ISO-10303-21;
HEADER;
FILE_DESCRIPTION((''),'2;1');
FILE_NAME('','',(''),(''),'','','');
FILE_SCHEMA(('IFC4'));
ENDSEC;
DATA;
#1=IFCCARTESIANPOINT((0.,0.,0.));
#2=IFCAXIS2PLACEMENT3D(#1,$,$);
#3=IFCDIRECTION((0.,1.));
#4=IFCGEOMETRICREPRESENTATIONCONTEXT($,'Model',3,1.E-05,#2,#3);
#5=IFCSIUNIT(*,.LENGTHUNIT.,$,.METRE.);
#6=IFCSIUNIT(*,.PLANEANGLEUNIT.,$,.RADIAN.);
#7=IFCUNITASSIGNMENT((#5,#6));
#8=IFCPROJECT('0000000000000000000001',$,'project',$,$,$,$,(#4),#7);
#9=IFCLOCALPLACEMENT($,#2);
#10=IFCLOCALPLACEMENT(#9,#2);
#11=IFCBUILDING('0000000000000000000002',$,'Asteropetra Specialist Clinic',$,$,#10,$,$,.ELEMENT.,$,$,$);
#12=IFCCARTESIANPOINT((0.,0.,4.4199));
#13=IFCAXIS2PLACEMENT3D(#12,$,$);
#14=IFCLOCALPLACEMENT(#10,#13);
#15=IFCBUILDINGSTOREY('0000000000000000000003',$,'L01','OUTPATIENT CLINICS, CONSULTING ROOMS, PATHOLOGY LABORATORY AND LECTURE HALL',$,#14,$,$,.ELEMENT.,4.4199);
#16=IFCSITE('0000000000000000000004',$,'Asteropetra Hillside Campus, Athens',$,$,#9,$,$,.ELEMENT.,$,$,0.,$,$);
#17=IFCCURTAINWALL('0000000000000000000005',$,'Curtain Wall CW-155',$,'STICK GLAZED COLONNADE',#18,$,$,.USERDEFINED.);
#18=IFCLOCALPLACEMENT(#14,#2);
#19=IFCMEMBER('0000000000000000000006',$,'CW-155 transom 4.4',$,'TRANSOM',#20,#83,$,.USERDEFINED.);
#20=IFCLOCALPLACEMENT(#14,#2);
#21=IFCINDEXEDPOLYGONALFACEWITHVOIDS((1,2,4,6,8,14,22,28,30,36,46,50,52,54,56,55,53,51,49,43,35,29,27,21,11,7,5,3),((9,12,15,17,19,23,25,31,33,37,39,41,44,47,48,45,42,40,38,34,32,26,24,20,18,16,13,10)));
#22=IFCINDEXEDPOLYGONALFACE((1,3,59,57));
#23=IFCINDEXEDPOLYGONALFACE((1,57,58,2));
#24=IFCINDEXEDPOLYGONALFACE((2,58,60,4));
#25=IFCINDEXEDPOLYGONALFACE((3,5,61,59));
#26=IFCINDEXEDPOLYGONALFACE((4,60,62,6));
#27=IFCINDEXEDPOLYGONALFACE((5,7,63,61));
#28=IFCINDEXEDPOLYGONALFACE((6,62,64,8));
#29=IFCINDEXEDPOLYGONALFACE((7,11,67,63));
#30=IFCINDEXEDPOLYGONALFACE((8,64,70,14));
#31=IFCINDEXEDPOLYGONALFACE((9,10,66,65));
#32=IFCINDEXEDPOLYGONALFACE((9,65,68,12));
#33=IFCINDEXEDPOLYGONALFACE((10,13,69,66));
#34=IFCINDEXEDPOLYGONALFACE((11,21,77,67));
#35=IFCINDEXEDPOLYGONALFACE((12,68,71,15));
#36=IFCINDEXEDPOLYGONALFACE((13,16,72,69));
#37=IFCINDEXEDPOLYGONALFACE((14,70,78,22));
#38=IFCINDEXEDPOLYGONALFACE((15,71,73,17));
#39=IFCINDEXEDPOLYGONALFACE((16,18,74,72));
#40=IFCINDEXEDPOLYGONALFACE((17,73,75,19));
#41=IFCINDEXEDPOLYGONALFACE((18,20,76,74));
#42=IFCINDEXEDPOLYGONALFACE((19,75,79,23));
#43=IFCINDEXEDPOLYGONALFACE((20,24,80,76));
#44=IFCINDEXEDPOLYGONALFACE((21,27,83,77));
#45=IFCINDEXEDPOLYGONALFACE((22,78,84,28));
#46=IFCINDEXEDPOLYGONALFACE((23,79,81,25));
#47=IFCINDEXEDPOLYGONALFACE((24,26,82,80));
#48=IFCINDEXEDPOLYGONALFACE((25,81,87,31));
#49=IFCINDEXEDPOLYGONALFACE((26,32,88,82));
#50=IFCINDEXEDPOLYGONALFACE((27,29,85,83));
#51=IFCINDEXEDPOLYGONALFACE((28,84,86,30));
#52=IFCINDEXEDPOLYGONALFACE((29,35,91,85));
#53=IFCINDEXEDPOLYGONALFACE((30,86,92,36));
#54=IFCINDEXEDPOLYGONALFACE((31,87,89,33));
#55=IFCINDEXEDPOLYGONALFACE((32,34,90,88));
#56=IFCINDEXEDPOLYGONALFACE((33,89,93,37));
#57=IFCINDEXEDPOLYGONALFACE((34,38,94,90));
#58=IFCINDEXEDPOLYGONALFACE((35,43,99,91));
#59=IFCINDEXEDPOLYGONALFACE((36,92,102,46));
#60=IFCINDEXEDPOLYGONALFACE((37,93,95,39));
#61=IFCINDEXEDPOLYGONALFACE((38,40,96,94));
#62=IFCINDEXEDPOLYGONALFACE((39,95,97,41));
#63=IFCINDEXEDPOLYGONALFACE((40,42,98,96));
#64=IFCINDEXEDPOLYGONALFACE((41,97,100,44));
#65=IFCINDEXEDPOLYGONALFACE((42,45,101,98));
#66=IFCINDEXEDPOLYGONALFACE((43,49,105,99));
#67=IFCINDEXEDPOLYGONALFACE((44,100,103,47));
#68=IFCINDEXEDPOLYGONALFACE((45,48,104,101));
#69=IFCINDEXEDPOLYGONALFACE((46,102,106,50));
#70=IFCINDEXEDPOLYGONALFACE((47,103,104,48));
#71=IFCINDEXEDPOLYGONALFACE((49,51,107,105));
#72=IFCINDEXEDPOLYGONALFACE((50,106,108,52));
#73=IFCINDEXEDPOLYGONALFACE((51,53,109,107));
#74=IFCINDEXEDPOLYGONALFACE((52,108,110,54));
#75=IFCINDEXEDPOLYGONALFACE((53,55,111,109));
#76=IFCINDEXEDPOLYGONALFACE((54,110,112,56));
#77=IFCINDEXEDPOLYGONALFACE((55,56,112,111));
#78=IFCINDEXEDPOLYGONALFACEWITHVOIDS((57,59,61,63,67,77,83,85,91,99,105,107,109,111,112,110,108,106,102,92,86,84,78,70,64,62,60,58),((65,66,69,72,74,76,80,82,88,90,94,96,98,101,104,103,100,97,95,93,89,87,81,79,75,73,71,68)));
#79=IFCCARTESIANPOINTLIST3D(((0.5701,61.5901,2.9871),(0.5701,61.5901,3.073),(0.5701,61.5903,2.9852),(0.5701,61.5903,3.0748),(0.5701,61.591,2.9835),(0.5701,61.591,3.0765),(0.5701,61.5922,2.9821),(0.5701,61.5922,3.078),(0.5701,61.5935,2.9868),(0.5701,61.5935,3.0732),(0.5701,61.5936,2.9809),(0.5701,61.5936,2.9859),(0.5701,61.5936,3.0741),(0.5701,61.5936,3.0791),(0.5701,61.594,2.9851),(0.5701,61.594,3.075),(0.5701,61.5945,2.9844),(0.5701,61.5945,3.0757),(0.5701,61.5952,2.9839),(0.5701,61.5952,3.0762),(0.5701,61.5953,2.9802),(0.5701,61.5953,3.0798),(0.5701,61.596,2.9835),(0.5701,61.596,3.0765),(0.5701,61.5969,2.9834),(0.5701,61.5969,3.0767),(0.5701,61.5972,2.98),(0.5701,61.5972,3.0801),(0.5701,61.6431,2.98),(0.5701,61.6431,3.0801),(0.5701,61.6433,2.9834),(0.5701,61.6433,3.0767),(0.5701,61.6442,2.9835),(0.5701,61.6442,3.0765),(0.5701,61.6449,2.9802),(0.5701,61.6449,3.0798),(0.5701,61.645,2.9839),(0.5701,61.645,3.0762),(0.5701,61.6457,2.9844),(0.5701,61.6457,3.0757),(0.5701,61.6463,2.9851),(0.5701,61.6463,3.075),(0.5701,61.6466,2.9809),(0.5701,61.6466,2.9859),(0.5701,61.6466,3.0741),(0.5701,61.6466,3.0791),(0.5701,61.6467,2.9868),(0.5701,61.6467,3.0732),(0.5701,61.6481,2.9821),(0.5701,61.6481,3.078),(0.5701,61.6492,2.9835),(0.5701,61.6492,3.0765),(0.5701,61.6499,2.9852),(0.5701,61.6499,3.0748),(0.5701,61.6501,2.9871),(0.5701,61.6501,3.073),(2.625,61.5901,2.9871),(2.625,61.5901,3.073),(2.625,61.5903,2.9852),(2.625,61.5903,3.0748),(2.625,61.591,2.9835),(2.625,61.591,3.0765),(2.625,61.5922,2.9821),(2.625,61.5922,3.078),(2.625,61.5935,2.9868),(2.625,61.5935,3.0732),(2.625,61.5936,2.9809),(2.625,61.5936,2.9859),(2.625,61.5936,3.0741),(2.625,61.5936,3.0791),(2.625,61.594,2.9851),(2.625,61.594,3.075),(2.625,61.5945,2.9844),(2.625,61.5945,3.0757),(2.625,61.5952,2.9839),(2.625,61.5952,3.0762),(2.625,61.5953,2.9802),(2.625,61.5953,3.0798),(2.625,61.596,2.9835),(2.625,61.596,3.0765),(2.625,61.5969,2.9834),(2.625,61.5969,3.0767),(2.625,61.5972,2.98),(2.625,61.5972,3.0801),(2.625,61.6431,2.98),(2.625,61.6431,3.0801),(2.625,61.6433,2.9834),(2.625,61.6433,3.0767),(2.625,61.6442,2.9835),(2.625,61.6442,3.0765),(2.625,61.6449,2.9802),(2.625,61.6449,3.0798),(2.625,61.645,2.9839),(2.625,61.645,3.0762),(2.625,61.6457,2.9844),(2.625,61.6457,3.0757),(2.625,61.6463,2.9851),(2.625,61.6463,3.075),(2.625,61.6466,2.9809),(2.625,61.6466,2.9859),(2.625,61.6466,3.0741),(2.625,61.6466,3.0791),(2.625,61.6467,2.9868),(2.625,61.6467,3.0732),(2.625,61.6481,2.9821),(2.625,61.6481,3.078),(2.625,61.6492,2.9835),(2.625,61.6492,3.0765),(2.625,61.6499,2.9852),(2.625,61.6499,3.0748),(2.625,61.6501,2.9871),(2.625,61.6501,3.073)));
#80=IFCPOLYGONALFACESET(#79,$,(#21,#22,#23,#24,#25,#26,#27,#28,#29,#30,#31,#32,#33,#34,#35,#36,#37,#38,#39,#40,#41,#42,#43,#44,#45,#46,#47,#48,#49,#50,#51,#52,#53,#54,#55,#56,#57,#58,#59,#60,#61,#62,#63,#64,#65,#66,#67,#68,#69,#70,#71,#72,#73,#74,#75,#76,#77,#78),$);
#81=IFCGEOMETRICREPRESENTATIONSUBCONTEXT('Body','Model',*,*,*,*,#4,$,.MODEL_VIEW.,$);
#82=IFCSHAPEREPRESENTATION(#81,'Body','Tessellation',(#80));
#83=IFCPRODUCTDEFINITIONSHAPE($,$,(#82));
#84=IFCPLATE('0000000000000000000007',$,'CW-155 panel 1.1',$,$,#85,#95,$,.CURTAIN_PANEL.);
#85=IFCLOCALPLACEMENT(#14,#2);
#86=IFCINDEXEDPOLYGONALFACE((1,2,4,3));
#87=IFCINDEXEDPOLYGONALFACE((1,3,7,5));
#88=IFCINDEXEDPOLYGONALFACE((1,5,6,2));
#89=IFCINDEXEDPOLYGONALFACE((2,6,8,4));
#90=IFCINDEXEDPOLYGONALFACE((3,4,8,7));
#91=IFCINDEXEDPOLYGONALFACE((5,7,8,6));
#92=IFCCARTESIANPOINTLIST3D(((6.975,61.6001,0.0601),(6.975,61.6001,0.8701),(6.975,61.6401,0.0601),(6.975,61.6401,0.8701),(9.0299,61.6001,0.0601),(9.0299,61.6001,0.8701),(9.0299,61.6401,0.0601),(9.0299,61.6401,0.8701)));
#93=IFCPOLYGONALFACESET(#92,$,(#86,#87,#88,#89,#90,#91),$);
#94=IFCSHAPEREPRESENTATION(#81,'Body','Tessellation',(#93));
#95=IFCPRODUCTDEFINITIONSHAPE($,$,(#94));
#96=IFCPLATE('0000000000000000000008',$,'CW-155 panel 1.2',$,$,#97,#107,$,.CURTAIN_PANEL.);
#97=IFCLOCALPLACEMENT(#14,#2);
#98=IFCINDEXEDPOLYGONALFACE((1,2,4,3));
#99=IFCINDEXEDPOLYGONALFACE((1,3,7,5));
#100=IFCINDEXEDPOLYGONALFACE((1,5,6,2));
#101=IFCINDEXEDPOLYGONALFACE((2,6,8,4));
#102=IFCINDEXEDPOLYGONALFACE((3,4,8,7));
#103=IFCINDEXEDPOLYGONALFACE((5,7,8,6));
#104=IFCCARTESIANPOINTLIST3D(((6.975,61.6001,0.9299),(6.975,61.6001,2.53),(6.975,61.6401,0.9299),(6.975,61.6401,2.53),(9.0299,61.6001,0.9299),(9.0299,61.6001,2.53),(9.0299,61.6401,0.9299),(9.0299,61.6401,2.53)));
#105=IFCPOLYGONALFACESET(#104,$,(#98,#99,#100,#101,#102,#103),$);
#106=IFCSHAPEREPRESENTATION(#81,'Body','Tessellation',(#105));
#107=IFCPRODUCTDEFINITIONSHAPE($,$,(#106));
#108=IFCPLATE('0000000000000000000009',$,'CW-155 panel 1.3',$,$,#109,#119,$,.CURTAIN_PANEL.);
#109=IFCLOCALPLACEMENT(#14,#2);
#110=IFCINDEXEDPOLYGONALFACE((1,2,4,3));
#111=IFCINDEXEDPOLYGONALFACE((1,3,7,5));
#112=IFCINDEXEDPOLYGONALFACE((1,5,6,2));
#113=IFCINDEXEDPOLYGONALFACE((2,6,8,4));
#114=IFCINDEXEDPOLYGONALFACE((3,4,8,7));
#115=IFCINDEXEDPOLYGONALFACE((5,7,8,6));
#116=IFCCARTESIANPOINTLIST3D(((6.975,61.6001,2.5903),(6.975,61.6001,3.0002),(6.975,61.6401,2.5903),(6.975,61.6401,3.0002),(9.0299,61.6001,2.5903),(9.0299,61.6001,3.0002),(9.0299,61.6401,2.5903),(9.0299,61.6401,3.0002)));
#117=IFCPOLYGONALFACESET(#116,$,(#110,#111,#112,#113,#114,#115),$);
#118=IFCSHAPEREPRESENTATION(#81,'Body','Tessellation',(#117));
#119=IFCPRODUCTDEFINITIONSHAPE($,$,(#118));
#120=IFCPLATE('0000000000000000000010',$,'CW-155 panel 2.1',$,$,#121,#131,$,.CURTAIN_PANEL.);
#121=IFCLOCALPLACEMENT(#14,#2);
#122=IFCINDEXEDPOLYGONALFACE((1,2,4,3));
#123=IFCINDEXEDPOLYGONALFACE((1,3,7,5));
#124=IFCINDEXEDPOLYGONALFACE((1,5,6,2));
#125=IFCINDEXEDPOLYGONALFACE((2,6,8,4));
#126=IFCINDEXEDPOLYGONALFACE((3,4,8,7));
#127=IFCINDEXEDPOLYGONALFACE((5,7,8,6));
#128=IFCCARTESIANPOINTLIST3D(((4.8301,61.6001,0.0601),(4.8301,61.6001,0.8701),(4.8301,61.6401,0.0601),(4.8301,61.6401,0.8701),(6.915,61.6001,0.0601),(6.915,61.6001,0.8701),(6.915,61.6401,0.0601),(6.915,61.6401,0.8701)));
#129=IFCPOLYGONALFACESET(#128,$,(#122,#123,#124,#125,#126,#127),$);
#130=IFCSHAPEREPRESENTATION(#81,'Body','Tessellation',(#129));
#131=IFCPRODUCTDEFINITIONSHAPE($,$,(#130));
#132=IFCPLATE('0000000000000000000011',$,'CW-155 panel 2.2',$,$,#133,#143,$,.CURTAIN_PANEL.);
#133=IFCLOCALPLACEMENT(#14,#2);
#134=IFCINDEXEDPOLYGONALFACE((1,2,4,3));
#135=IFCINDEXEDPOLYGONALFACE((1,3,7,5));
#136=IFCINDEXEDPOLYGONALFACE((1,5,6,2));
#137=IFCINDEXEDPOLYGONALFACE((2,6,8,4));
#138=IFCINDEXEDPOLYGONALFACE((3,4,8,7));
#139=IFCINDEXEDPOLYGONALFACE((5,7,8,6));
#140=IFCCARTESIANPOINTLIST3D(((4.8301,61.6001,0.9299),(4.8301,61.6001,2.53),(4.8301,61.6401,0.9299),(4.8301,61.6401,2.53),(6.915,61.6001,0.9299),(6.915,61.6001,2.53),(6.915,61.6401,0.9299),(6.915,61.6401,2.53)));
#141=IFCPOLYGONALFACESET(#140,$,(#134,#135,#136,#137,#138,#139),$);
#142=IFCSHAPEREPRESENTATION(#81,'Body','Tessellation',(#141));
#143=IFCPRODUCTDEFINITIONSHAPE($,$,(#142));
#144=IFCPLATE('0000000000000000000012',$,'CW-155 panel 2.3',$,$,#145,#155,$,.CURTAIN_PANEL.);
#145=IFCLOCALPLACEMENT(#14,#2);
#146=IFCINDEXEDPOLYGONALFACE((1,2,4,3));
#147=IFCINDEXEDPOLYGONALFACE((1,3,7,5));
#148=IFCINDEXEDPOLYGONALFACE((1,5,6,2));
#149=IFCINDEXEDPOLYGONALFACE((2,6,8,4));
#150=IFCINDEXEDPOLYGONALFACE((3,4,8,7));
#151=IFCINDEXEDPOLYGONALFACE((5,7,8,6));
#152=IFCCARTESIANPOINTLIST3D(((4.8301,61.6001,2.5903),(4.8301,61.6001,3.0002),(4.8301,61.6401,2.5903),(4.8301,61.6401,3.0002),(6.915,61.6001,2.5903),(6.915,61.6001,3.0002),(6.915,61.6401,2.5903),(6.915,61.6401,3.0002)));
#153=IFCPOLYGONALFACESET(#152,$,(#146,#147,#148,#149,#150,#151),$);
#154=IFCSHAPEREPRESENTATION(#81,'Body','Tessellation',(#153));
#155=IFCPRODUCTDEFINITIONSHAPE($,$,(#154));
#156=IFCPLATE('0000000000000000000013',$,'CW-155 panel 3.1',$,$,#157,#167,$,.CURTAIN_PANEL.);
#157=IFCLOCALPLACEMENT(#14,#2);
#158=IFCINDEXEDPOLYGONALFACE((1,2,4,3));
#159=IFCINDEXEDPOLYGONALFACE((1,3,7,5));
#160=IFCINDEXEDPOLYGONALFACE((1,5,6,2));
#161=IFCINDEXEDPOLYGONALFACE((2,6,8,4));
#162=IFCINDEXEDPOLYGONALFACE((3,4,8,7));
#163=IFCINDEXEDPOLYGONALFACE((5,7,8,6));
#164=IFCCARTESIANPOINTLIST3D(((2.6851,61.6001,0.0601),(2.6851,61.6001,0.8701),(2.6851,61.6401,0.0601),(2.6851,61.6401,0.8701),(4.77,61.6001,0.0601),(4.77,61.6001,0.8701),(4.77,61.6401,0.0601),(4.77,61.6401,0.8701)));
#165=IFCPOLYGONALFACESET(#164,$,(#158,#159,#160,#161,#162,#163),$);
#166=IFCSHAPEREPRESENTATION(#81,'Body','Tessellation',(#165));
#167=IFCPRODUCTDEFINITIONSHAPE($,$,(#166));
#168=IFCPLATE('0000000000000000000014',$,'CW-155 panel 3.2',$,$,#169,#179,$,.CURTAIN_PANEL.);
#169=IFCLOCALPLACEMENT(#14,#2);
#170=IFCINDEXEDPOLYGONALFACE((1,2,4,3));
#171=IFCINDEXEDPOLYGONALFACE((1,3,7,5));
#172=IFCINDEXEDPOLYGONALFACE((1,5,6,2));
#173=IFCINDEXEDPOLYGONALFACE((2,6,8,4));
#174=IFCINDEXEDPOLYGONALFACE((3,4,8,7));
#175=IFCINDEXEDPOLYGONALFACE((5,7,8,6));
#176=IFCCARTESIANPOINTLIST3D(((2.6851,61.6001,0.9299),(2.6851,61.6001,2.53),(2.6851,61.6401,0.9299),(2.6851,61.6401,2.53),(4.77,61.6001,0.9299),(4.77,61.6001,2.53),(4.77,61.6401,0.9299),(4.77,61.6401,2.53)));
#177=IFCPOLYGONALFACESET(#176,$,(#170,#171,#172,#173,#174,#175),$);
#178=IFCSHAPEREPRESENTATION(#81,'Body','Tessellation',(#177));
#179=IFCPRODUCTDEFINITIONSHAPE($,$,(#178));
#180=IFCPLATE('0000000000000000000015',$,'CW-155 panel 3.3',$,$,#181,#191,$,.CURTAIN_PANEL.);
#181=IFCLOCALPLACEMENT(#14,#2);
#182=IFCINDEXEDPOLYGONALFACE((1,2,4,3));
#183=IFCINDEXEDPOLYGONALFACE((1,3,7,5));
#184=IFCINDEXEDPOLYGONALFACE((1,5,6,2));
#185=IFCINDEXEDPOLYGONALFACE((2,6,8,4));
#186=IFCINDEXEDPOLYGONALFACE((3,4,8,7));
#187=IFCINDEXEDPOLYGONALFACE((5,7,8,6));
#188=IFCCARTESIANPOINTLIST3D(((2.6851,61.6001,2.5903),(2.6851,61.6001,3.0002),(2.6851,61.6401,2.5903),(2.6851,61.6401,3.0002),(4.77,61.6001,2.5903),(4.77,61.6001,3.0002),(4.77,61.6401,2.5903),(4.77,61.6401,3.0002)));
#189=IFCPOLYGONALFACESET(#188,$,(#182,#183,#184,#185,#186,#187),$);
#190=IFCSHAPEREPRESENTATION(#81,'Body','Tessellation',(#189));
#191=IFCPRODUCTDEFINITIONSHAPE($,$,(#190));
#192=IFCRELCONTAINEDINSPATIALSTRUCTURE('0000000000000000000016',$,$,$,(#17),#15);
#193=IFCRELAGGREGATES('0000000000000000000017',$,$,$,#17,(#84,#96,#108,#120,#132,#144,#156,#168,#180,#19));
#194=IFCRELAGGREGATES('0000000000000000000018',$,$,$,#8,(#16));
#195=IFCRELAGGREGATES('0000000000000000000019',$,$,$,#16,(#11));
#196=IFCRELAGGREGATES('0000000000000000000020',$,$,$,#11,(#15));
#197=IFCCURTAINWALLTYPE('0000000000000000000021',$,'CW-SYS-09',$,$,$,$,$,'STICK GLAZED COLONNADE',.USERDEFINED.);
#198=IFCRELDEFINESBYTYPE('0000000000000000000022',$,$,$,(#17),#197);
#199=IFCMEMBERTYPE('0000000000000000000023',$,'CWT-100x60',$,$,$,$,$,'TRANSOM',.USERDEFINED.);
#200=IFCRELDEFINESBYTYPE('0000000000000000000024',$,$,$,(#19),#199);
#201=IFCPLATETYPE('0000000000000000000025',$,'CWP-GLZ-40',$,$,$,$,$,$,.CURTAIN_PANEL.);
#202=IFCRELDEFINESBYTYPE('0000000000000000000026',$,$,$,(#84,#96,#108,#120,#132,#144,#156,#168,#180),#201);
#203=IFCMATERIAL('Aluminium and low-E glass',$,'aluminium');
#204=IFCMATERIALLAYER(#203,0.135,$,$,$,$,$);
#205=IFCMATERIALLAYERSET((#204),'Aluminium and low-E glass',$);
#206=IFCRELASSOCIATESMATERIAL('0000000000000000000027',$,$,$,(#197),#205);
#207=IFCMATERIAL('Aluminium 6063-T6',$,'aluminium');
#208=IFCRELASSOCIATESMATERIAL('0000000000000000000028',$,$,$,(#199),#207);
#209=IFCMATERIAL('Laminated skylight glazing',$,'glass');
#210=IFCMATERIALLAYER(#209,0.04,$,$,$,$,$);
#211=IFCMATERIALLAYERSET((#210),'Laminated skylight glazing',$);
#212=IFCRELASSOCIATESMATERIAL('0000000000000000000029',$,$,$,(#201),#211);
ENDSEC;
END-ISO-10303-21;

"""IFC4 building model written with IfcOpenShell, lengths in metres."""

from ifc_helpers import new_model, si_unit, direction, frame, origin, origin_2d, place, context, subcontext, project, spatial, rectangle, hollow_rectangle, extrude, material, layer, layer_set, material_profile, profile_set, type_object, element, aggregate, save


model = new_model("IFC4")

# Units and contexts
model_context = context("Model", 3, precision=1e-05, world=origin(), true_north=direction((0.0, 1.0)))
body_context = subcontext(model_context, "Body", "Model", "MODEL_VIEW")
ifc_project = project(units=[si_unit("LENGTHUNIT", "METRE"), si_unit("PLANEANGLEUNIT", "RADIAN")], contexts=[model_context])

# Site, building, storey
site_placement = place(None, origin())
site = spatial("IfcSite", under=ifc_project, at=site_placement, Name="Asteropetra Hillside Campus, Athens", CompositionType="ELEMENT", RefElevation=0.0)
building_placement = place(site_placement, origin())
building = spatial("IfcBuilding", under=site, at=building_placement, Name="Asteropetra Specialist Clinic", CompositionType="ELEMENT")
storey_placement = place(building_placement, frame((0.0, 0.0, 4.4199)))
storey = spatial("IfcBuildingStorey", under=building, at=storey_placement, Name="L01", Description="OUTPATIENT CLINICS, CONSULTING ROOMS, PATHOLOGY LABORATORY AND LECTURE HALL", CompositionType="ELEMENT", Elevation=4.4199)

# Curtain wall, member, plates
ifc_material_1 = material(Name="Aluminium and low-E glass", Category="aluminium")
ifc_layer_1 = layer(ifc_material_1, 0.135)
ifc_layer_set_1 = layer_set([ifc_layer_1], Name="Aluminium and low-E glass")
curtain_wall_type = type_object("IfcCurtainWallType", Name="CW-SYS-09", ElementType="STICK GLAZED COLONNADE", PredefinedType="USERDEFINED", material=ifc_layer_set_1)
curtain_wall_placement = place(storey_placement, origin())
curtain_wall = element("IfcCurtainWall", 1, at=curtain_wall_placement, inside=storey, type_object=curtain_wall_type, Name="Curtain Wall CW-155", ObjectType="STICK GLAZED COLONNADE", PredefinedType="USERDEFINED")
ifc_material_2 = material(Name="Aluminium 6063-T6", Category="aluminium")
ifc_material_profile_1 = material_profile(ifc_material_2, hollow_rectangle(XDim=0.0601, YDim=0.1001, WallThickness=0.0034, InnerFilletRadius=0.0034, OuterFilletRadius=0.0071, at=origin_2d()), Name="TRN 100x60x3.5")
ifc_profile_set_1 = profile_set([ifc_material_profile_1], Name="Aluminium 6063-T6")
member_type_1 = type_object("IfcMemberType", Name="CWT-100x60", ElementType="TRANSOM", PredefinedType="USERDEFINED", material=ifc_profile_set_1)
member_1_placement = place(storey_placement, frame((2.625, 61.6201, 3.03), z_axis=(-1.0, 0.0, 0.0), x_axis=(0.0, -1.0, 0.0)))
member_1 = element("IfcMember", 2, at=member_1_placement, type_object=member_type_1, Name="CW-155 transom 4.4", ObjectType="TRANSOM", PredefinedType="USERDEFINED", context=body_context, shape_type="SweptSolid", body=[
    extrude(hollow_rectangle(XDim=0.0601, YDim=0.1001, WallThickness=0.0034, InnerFilletRadius=0.0034, OuterFilletRadius=0.0071, at=origin_2d()), origin(), (0.0, 0.0, 1.0), 2.0549),
])
ifc_material_3 = material(Name="Laminated skylight glazing", Category="glass")
ifc_layer_2 = layer(ifc_material_3, 0.04)
ifc_layer_set_2 = layer_set([ifc_layer_2], Name="Laminated skylight glazing")
plate_type = type_object("IfcPlateType", Name="CWP-GLZ-40", PredefinedType="CURTAIN_PANEL", material=ifc_layer_set_2)
plate_1_placement = place(storey_placement, frame((8.0024, 61.6201, 0.0601), z_axis=(0.0, 0.0, 1.0), x_axis=(-1.0, 0.0, 0.0)))
plate_1 = element("IfcPlate", 3, at=plate_1_placement, type_object=plate_type, Name="CW-155 panel 1.1", PredefinedType="CURTAIN_PANEL", context=body_context, shape_type="SweptSolid", body=[
    extrude(rectangle(XDim=2.0549, YDim=0.04, at=origin_2d()), origin(), (0.0, 0.0, 1.0), 0.8101),
])
plate_2_placement = place(storey_placement, frame((8.0024, 61.6201, 0.9299), z_axis=(0.0, 0.0, 1.0), x_axis=(-1.0, 0.0, 0.0)))
plate_2 = element("IfcPlate", 4, at=plate_2_placement, type_object=plate_type, Name="CW-155 panel 1.2", PredefinedType="CURTAIN_PANEL", context=body_context, shape_type="SweptSolid", body=[
    extrude(rectangle(XDim=2.0549, YDim=0.04, at=origin_2d()), origin(), (0.0, 0.0, 1.0), 1.6001),
])
plate_3_placement = place(storey_placement, frame((8.0024, 61.6201, 2.5903), z_axis=(0.0, 0.0, 1.0), x_axis=(-1.0, 0.0, 0.0)))
plate_3 = element("IfcPlate", 5, at=plate_3_placement, type_object=plate_type, Name="CW-155 panel 1.3", PredefinedType="CURTAIN_PANEL", context=body_context, shape_type="SweptSolid", body=[
    extrude(rectangle(XDim=2.0549, YDim=0.04, at=origin_2d()), origin(), (0.0, 0.0, 1.0), 0.4099),
])
plate_4_placement = place(storey_placement, frame((5.8726, 61.6201, 0.0601), z_axis=(0.0, 0.0, 1.0), x_axis=(-1.0, 0.0, 0.0)))
plate_4 = element("IfcPlate", 6, at=plate_4_placement, type_object=plate_type, Name="CW-155 panel 2.1", PredefinedType="CURTAIN_PANEL", context=body_context, shape_type="SweptSolid", body=[
    extrude(rectangle(XDim=2.085, YDim=0.04, at=origin_2d()), origin(), (0.0, 0.0, 1.0), 0.8101),
])
plate_5_placement = place(storey_placement, frame((5.8726, 61.6201, 0.9299), z_axis=(0.0, 0.0, 1.0), x_axis=(-1.0, 0.0, 0.0)))
plate_5 = element("IfcPlate", 7, at=plate_5_placement, type_object=plate_type, Name="CW-155 panel 2.2", PredefinedType="CURTAIN_PANEL", context=body_context, shape_type="SweptSolid", body=[
    extrude(rectangle(XDim=2.085, YDim=0.04, at=origin_2d()), origin(), (0.0, 0.0, 1.0), 1.6001),
])
plate_6_placement = place(storey_placement, frame((5.8726, 61.6201, 2.5903), z_axis=(0.0, 0.0, 1.0), x_axis=(-1.0, 0.0, 0.0)))
plate_6 = element("IfcPlate", 8, at=plate_6_placement, type_object=plate_type, Name="CW-155 panel 2.3", PredefinedType="CURTAIN_PANEL", context=body_context, shape_type="SweptSolid", body=[
    extrude(rectangle(XDim=2.085, YDim=0.04, at=origin_2d()), origin(), (0.0, 0.0, 1.0), 0.4099),
])
plate_7_placement = place(storey_placement, frame((3.7275, 61.6201, 0.0601), z_axis=(0.0, 0.0, 1.0), x_axis=(-1.0, 0.0, 0.0)))
plate_7 = element("IfcPlate", 9, at=plate_7_placement, type_object=plate_type, Name="CW-155 panel 3.1", PredefinedType="CURTAIN_PANEL", context=body_context, shape_type="SweptSolid", body=[
    extrude(rectangle(XDim=2.085, YDim=0.04, at=origin_2d()), origin(), (0.0, 0.0, 1.0), 0.8101),
])
plate_8_placement = place(storey_placement, frame((3.7275, 61.6201, 0.9299), z_axis=(0.0, 0.0, 1.0), x_axis=(-1.0, 0.0, 0.0)))
plate_8 = element("IfcPlate", 10, at=plate_8_placement, type_object=plate_type, Name="CW-155 panel 3.2", PredefinedType="CURTAIN_PANEL", context=body_context, shape_type="SweptSolid", body=[
    extrude(rectangle(XDim=2.085, YDim=0.04, at=origin_2d()), origin(), (0.0, 0.0, 1.0), 1.6001),
])
plate_9_placement = place(storey_placement, frame((3.7275, 61.6201, 2.5903), z_axis=(0.0, 0.0, 1.0), x_axis=(-1.0, 0.0, 0.0)))
plate_9 = element("IfcPlate", 11, at=plate_9_placement, type_object=plate_type, Name="CW-155 panel 3.3", PredefinedType="CURTAIN_PANEL", context=body_context, shape_type="SweptSolid", body=[
    extrude(rectangle(XDim=2.085, YDim=0.04, at=origin_2d()), origin(), (0.0, 0.0, 1.0), 0.4099),
])
aggregate(curtain_wall, [plate_1, plate_2, plate_3, plate_4, plate_5, plate_6, plate_7, plate_8, plate_9, member_1])

save(model, "model.ifc")
